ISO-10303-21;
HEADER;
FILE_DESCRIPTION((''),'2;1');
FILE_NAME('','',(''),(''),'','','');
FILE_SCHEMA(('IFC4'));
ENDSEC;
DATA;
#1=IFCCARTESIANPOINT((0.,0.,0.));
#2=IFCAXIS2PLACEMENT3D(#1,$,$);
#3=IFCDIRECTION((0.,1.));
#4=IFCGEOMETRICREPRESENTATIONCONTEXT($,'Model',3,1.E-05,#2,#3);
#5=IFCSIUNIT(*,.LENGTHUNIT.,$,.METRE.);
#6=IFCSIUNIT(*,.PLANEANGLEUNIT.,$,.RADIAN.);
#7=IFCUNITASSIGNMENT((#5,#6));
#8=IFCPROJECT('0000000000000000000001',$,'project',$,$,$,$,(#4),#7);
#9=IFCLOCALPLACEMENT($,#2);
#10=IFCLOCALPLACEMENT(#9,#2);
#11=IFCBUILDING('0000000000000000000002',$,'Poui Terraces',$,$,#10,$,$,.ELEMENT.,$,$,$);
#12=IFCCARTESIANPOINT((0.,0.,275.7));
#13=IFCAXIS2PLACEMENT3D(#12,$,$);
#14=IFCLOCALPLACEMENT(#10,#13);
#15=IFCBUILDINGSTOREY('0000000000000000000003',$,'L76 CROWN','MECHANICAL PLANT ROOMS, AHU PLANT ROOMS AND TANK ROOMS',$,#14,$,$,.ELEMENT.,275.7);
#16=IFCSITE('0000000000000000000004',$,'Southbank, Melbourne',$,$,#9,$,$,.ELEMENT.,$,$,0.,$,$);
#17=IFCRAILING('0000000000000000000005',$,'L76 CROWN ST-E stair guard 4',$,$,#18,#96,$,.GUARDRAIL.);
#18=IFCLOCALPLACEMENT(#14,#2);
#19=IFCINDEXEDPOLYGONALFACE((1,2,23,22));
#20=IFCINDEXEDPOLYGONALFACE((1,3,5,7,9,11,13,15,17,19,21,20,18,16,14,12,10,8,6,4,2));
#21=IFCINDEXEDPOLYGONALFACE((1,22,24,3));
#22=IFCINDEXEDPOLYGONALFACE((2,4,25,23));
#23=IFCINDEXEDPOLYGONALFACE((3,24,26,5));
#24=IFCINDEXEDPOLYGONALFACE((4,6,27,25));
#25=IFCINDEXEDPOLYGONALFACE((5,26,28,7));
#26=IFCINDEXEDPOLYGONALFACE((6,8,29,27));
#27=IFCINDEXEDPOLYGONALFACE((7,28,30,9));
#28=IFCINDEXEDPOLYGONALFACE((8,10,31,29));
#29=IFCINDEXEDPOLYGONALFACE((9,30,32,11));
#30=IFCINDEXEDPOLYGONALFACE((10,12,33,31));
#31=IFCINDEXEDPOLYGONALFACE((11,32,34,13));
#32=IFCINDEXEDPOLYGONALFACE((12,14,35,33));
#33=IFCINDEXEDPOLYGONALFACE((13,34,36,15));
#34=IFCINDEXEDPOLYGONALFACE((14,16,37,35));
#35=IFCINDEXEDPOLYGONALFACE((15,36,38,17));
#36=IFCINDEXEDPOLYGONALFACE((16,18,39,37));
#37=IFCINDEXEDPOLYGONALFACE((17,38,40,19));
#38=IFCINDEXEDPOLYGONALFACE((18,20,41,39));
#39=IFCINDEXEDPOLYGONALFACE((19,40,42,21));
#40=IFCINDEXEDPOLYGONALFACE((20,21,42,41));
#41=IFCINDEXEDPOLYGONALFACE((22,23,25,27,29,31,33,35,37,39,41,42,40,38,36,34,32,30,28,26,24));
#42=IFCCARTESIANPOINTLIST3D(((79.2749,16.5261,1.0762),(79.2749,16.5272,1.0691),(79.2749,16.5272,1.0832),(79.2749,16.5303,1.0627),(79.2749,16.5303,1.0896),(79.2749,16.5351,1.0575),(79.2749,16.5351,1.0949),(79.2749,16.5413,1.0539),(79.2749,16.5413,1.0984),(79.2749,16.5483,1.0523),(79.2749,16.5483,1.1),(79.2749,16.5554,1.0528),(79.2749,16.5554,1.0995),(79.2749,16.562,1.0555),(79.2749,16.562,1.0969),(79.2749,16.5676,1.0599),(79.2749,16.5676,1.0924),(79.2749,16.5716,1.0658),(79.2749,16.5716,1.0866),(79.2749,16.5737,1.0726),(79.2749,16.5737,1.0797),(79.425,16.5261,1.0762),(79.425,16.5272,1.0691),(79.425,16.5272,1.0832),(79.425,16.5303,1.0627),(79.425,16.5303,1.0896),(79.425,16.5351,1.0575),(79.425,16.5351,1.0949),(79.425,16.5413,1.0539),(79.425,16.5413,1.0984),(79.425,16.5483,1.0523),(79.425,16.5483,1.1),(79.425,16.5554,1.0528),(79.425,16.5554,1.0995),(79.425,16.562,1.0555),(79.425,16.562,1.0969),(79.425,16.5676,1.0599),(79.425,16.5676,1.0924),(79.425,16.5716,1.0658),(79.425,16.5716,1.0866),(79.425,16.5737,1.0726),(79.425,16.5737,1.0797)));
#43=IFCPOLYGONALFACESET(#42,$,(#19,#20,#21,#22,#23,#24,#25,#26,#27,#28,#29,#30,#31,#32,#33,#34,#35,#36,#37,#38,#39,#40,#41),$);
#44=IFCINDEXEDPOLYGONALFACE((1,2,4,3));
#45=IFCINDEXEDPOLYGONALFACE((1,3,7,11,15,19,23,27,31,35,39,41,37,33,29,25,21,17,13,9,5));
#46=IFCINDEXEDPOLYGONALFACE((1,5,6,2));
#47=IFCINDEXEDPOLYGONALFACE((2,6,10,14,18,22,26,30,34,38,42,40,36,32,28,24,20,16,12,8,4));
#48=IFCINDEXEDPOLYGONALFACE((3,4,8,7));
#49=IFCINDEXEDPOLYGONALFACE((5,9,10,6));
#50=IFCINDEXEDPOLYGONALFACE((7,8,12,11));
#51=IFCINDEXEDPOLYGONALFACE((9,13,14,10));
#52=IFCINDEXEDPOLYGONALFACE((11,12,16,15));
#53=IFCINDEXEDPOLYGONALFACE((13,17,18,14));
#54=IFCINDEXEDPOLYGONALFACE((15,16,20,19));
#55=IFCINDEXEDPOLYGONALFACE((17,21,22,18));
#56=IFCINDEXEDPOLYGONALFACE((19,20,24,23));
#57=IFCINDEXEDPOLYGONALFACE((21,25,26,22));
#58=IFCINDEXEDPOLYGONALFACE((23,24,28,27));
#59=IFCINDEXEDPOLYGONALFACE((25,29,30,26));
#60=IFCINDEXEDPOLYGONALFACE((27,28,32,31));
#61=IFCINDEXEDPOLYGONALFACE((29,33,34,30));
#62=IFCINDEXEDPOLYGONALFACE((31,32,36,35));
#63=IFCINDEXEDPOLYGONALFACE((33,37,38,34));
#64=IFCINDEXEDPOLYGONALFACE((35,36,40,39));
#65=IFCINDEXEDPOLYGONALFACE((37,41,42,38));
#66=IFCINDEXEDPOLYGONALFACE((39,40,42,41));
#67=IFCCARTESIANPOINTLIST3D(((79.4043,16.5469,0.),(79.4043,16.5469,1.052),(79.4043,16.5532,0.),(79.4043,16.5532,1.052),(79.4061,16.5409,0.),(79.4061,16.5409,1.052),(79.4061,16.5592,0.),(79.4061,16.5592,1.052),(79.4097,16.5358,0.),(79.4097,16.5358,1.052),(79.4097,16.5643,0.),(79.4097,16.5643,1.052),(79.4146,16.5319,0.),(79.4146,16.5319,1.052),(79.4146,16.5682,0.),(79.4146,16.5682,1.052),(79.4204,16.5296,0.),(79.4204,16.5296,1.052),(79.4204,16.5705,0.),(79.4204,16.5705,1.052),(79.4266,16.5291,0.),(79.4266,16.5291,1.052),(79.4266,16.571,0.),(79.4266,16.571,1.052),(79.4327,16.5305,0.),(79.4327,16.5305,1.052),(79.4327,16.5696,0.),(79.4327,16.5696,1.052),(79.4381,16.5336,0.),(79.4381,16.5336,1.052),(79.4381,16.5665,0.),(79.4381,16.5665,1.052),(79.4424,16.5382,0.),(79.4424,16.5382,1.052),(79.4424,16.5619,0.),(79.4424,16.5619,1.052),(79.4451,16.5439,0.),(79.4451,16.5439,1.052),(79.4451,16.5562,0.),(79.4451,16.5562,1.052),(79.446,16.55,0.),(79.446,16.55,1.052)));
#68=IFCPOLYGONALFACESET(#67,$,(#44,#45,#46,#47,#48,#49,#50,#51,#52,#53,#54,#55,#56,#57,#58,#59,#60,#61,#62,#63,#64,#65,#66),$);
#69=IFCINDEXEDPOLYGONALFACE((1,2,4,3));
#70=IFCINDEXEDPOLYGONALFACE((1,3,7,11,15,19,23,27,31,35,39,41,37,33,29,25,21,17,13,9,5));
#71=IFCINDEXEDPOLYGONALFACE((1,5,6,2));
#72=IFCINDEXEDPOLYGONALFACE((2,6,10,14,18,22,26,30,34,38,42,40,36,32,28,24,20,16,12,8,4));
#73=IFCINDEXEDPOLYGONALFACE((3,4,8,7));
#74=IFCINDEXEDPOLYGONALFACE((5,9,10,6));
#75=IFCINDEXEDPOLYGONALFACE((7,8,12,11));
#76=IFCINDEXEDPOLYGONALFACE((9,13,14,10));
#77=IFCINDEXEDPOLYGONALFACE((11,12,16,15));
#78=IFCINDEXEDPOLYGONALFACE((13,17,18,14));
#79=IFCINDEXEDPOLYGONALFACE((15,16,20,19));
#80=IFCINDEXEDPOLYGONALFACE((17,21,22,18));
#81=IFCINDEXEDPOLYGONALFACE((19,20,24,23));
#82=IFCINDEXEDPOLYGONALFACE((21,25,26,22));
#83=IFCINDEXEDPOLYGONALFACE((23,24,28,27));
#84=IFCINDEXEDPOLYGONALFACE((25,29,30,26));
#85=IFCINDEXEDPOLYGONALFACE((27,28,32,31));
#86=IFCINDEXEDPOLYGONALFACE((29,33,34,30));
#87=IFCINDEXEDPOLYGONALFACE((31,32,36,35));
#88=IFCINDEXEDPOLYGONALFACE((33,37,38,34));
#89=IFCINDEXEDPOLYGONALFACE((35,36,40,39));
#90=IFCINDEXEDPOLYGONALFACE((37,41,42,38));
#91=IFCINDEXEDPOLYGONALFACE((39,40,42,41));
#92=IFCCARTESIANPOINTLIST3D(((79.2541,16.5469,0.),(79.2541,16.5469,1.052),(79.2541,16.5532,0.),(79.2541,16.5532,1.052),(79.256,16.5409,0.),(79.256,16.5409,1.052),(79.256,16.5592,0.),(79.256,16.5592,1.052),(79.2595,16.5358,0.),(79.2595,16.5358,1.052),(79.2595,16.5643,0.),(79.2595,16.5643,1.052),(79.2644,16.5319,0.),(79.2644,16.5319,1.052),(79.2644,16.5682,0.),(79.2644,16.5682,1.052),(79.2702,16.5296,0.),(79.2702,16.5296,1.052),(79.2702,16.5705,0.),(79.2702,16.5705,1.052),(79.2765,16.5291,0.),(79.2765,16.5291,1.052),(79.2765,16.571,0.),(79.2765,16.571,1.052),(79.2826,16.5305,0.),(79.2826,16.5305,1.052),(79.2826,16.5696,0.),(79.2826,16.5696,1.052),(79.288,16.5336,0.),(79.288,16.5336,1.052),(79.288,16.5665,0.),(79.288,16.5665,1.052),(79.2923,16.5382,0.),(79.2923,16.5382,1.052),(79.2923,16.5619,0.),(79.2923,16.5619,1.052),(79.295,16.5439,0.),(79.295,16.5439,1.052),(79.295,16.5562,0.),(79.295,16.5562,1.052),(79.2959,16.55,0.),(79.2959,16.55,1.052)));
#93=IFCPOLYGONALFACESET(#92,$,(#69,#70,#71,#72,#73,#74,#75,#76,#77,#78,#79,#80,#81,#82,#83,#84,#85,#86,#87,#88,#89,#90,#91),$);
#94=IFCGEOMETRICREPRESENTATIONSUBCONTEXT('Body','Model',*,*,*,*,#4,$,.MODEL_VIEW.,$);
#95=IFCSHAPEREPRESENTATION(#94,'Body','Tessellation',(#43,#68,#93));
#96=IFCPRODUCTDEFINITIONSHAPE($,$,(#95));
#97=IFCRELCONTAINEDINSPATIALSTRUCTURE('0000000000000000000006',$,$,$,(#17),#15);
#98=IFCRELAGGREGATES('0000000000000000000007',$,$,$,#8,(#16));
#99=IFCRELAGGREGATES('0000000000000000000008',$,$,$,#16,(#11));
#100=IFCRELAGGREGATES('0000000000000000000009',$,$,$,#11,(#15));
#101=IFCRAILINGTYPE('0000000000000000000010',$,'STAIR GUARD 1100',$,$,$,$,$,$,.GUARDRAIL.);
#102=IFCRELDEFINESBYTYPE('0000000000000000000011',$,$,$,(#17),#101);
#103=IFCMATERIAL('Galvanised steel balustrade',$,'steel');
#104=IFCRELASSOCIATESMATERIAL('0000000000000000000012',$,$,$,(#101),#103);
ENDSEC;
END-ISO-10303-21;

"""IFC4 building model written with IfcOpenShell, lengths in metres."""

from ifc_helpers import new_model, si_unit, direction, frame, origin, origin_2d, place, context, subcontext, project, spatial, circle, extrude, material, type_object, element, save


model = new_model("IFC4")

# Units and contexts
model_context = context("Model", 3, precision=1e-05, world=origin(), true_north=direction((0.0, 1.0)))
body_context = subcontext(model_context, "Body", "Model", "MODEL_VIEW")
ifc_project = project(units=[si_unit("LENGTHUNIT", "METRE"), si_unit("PLANEANGLEUNIT", "RADIAN")], contexts=[model_context])

# Site, building, storey
site_placement = place(None, origin())
site = spatial("IfcSite", under=ifc_project, at=site_placement, Name="Southbank, Melbourne", CompositionType="ELEMENT", RefElevation=0.0)
building_placement = place(site_placement, origin())
building = spatial("IfcBuilding", under=site, at=building_placement, Name="Poui Terraces", CompositionType="ELEMENT")
storey_placement = place(building_placement, frame((0.0, 0.0, 275.7)))
storey = spatial("IfcBuildingStorey", under=building, at=storey_placement, Name="L76 CROWN", Description="MECHANICAL PLANT ROOMS, AHU PLANT ROOMS AND TANK ROOMS", CompositionType="ELEMENT", Elevation=275.7)

# Railing
ifc_material_1 = material(Name="Galvanised steel balustrade", Category="steel")
railing_type_1 = type_object("IfcRailingType", Name="STAIR GUARD 1100", PredefinedType="GUARDRAIL", material=ifc_material_1)
railing_placement = place(storey_placement, frame((79.425, 16.55, 0.0)))
element("IfcRailing", 1, at=railing_placement, inside=storey, type_object=railing_type_1, Name="L76 CROWN ST-E stair guard 4", PredefinedType="GUARDRAIL", context=body_context, shape_type="SweptSolid", body=[
    extrude(circle(Radius=0.0239, at=origin_2d()), frame((0.0, 0.0, 1.0762), z_axis=(-1.0, 0.0, 0.0), x_axis=(0.0, -1.0, 0.0)), (0.0, 0.0, 1.0), 0.1501),
    extrude(circle(Radius=0.021, at=origin_2d()), origin(), (0.0, 0.0, 1.0), 1.052),
    extrude(circle(Radius=0.021, at=origin_2d()), frame((-0.1501, 0.0, 0.0)), (0.0, 0.0, 1.0), 1.052),
])

save(model, "model.ifc")
